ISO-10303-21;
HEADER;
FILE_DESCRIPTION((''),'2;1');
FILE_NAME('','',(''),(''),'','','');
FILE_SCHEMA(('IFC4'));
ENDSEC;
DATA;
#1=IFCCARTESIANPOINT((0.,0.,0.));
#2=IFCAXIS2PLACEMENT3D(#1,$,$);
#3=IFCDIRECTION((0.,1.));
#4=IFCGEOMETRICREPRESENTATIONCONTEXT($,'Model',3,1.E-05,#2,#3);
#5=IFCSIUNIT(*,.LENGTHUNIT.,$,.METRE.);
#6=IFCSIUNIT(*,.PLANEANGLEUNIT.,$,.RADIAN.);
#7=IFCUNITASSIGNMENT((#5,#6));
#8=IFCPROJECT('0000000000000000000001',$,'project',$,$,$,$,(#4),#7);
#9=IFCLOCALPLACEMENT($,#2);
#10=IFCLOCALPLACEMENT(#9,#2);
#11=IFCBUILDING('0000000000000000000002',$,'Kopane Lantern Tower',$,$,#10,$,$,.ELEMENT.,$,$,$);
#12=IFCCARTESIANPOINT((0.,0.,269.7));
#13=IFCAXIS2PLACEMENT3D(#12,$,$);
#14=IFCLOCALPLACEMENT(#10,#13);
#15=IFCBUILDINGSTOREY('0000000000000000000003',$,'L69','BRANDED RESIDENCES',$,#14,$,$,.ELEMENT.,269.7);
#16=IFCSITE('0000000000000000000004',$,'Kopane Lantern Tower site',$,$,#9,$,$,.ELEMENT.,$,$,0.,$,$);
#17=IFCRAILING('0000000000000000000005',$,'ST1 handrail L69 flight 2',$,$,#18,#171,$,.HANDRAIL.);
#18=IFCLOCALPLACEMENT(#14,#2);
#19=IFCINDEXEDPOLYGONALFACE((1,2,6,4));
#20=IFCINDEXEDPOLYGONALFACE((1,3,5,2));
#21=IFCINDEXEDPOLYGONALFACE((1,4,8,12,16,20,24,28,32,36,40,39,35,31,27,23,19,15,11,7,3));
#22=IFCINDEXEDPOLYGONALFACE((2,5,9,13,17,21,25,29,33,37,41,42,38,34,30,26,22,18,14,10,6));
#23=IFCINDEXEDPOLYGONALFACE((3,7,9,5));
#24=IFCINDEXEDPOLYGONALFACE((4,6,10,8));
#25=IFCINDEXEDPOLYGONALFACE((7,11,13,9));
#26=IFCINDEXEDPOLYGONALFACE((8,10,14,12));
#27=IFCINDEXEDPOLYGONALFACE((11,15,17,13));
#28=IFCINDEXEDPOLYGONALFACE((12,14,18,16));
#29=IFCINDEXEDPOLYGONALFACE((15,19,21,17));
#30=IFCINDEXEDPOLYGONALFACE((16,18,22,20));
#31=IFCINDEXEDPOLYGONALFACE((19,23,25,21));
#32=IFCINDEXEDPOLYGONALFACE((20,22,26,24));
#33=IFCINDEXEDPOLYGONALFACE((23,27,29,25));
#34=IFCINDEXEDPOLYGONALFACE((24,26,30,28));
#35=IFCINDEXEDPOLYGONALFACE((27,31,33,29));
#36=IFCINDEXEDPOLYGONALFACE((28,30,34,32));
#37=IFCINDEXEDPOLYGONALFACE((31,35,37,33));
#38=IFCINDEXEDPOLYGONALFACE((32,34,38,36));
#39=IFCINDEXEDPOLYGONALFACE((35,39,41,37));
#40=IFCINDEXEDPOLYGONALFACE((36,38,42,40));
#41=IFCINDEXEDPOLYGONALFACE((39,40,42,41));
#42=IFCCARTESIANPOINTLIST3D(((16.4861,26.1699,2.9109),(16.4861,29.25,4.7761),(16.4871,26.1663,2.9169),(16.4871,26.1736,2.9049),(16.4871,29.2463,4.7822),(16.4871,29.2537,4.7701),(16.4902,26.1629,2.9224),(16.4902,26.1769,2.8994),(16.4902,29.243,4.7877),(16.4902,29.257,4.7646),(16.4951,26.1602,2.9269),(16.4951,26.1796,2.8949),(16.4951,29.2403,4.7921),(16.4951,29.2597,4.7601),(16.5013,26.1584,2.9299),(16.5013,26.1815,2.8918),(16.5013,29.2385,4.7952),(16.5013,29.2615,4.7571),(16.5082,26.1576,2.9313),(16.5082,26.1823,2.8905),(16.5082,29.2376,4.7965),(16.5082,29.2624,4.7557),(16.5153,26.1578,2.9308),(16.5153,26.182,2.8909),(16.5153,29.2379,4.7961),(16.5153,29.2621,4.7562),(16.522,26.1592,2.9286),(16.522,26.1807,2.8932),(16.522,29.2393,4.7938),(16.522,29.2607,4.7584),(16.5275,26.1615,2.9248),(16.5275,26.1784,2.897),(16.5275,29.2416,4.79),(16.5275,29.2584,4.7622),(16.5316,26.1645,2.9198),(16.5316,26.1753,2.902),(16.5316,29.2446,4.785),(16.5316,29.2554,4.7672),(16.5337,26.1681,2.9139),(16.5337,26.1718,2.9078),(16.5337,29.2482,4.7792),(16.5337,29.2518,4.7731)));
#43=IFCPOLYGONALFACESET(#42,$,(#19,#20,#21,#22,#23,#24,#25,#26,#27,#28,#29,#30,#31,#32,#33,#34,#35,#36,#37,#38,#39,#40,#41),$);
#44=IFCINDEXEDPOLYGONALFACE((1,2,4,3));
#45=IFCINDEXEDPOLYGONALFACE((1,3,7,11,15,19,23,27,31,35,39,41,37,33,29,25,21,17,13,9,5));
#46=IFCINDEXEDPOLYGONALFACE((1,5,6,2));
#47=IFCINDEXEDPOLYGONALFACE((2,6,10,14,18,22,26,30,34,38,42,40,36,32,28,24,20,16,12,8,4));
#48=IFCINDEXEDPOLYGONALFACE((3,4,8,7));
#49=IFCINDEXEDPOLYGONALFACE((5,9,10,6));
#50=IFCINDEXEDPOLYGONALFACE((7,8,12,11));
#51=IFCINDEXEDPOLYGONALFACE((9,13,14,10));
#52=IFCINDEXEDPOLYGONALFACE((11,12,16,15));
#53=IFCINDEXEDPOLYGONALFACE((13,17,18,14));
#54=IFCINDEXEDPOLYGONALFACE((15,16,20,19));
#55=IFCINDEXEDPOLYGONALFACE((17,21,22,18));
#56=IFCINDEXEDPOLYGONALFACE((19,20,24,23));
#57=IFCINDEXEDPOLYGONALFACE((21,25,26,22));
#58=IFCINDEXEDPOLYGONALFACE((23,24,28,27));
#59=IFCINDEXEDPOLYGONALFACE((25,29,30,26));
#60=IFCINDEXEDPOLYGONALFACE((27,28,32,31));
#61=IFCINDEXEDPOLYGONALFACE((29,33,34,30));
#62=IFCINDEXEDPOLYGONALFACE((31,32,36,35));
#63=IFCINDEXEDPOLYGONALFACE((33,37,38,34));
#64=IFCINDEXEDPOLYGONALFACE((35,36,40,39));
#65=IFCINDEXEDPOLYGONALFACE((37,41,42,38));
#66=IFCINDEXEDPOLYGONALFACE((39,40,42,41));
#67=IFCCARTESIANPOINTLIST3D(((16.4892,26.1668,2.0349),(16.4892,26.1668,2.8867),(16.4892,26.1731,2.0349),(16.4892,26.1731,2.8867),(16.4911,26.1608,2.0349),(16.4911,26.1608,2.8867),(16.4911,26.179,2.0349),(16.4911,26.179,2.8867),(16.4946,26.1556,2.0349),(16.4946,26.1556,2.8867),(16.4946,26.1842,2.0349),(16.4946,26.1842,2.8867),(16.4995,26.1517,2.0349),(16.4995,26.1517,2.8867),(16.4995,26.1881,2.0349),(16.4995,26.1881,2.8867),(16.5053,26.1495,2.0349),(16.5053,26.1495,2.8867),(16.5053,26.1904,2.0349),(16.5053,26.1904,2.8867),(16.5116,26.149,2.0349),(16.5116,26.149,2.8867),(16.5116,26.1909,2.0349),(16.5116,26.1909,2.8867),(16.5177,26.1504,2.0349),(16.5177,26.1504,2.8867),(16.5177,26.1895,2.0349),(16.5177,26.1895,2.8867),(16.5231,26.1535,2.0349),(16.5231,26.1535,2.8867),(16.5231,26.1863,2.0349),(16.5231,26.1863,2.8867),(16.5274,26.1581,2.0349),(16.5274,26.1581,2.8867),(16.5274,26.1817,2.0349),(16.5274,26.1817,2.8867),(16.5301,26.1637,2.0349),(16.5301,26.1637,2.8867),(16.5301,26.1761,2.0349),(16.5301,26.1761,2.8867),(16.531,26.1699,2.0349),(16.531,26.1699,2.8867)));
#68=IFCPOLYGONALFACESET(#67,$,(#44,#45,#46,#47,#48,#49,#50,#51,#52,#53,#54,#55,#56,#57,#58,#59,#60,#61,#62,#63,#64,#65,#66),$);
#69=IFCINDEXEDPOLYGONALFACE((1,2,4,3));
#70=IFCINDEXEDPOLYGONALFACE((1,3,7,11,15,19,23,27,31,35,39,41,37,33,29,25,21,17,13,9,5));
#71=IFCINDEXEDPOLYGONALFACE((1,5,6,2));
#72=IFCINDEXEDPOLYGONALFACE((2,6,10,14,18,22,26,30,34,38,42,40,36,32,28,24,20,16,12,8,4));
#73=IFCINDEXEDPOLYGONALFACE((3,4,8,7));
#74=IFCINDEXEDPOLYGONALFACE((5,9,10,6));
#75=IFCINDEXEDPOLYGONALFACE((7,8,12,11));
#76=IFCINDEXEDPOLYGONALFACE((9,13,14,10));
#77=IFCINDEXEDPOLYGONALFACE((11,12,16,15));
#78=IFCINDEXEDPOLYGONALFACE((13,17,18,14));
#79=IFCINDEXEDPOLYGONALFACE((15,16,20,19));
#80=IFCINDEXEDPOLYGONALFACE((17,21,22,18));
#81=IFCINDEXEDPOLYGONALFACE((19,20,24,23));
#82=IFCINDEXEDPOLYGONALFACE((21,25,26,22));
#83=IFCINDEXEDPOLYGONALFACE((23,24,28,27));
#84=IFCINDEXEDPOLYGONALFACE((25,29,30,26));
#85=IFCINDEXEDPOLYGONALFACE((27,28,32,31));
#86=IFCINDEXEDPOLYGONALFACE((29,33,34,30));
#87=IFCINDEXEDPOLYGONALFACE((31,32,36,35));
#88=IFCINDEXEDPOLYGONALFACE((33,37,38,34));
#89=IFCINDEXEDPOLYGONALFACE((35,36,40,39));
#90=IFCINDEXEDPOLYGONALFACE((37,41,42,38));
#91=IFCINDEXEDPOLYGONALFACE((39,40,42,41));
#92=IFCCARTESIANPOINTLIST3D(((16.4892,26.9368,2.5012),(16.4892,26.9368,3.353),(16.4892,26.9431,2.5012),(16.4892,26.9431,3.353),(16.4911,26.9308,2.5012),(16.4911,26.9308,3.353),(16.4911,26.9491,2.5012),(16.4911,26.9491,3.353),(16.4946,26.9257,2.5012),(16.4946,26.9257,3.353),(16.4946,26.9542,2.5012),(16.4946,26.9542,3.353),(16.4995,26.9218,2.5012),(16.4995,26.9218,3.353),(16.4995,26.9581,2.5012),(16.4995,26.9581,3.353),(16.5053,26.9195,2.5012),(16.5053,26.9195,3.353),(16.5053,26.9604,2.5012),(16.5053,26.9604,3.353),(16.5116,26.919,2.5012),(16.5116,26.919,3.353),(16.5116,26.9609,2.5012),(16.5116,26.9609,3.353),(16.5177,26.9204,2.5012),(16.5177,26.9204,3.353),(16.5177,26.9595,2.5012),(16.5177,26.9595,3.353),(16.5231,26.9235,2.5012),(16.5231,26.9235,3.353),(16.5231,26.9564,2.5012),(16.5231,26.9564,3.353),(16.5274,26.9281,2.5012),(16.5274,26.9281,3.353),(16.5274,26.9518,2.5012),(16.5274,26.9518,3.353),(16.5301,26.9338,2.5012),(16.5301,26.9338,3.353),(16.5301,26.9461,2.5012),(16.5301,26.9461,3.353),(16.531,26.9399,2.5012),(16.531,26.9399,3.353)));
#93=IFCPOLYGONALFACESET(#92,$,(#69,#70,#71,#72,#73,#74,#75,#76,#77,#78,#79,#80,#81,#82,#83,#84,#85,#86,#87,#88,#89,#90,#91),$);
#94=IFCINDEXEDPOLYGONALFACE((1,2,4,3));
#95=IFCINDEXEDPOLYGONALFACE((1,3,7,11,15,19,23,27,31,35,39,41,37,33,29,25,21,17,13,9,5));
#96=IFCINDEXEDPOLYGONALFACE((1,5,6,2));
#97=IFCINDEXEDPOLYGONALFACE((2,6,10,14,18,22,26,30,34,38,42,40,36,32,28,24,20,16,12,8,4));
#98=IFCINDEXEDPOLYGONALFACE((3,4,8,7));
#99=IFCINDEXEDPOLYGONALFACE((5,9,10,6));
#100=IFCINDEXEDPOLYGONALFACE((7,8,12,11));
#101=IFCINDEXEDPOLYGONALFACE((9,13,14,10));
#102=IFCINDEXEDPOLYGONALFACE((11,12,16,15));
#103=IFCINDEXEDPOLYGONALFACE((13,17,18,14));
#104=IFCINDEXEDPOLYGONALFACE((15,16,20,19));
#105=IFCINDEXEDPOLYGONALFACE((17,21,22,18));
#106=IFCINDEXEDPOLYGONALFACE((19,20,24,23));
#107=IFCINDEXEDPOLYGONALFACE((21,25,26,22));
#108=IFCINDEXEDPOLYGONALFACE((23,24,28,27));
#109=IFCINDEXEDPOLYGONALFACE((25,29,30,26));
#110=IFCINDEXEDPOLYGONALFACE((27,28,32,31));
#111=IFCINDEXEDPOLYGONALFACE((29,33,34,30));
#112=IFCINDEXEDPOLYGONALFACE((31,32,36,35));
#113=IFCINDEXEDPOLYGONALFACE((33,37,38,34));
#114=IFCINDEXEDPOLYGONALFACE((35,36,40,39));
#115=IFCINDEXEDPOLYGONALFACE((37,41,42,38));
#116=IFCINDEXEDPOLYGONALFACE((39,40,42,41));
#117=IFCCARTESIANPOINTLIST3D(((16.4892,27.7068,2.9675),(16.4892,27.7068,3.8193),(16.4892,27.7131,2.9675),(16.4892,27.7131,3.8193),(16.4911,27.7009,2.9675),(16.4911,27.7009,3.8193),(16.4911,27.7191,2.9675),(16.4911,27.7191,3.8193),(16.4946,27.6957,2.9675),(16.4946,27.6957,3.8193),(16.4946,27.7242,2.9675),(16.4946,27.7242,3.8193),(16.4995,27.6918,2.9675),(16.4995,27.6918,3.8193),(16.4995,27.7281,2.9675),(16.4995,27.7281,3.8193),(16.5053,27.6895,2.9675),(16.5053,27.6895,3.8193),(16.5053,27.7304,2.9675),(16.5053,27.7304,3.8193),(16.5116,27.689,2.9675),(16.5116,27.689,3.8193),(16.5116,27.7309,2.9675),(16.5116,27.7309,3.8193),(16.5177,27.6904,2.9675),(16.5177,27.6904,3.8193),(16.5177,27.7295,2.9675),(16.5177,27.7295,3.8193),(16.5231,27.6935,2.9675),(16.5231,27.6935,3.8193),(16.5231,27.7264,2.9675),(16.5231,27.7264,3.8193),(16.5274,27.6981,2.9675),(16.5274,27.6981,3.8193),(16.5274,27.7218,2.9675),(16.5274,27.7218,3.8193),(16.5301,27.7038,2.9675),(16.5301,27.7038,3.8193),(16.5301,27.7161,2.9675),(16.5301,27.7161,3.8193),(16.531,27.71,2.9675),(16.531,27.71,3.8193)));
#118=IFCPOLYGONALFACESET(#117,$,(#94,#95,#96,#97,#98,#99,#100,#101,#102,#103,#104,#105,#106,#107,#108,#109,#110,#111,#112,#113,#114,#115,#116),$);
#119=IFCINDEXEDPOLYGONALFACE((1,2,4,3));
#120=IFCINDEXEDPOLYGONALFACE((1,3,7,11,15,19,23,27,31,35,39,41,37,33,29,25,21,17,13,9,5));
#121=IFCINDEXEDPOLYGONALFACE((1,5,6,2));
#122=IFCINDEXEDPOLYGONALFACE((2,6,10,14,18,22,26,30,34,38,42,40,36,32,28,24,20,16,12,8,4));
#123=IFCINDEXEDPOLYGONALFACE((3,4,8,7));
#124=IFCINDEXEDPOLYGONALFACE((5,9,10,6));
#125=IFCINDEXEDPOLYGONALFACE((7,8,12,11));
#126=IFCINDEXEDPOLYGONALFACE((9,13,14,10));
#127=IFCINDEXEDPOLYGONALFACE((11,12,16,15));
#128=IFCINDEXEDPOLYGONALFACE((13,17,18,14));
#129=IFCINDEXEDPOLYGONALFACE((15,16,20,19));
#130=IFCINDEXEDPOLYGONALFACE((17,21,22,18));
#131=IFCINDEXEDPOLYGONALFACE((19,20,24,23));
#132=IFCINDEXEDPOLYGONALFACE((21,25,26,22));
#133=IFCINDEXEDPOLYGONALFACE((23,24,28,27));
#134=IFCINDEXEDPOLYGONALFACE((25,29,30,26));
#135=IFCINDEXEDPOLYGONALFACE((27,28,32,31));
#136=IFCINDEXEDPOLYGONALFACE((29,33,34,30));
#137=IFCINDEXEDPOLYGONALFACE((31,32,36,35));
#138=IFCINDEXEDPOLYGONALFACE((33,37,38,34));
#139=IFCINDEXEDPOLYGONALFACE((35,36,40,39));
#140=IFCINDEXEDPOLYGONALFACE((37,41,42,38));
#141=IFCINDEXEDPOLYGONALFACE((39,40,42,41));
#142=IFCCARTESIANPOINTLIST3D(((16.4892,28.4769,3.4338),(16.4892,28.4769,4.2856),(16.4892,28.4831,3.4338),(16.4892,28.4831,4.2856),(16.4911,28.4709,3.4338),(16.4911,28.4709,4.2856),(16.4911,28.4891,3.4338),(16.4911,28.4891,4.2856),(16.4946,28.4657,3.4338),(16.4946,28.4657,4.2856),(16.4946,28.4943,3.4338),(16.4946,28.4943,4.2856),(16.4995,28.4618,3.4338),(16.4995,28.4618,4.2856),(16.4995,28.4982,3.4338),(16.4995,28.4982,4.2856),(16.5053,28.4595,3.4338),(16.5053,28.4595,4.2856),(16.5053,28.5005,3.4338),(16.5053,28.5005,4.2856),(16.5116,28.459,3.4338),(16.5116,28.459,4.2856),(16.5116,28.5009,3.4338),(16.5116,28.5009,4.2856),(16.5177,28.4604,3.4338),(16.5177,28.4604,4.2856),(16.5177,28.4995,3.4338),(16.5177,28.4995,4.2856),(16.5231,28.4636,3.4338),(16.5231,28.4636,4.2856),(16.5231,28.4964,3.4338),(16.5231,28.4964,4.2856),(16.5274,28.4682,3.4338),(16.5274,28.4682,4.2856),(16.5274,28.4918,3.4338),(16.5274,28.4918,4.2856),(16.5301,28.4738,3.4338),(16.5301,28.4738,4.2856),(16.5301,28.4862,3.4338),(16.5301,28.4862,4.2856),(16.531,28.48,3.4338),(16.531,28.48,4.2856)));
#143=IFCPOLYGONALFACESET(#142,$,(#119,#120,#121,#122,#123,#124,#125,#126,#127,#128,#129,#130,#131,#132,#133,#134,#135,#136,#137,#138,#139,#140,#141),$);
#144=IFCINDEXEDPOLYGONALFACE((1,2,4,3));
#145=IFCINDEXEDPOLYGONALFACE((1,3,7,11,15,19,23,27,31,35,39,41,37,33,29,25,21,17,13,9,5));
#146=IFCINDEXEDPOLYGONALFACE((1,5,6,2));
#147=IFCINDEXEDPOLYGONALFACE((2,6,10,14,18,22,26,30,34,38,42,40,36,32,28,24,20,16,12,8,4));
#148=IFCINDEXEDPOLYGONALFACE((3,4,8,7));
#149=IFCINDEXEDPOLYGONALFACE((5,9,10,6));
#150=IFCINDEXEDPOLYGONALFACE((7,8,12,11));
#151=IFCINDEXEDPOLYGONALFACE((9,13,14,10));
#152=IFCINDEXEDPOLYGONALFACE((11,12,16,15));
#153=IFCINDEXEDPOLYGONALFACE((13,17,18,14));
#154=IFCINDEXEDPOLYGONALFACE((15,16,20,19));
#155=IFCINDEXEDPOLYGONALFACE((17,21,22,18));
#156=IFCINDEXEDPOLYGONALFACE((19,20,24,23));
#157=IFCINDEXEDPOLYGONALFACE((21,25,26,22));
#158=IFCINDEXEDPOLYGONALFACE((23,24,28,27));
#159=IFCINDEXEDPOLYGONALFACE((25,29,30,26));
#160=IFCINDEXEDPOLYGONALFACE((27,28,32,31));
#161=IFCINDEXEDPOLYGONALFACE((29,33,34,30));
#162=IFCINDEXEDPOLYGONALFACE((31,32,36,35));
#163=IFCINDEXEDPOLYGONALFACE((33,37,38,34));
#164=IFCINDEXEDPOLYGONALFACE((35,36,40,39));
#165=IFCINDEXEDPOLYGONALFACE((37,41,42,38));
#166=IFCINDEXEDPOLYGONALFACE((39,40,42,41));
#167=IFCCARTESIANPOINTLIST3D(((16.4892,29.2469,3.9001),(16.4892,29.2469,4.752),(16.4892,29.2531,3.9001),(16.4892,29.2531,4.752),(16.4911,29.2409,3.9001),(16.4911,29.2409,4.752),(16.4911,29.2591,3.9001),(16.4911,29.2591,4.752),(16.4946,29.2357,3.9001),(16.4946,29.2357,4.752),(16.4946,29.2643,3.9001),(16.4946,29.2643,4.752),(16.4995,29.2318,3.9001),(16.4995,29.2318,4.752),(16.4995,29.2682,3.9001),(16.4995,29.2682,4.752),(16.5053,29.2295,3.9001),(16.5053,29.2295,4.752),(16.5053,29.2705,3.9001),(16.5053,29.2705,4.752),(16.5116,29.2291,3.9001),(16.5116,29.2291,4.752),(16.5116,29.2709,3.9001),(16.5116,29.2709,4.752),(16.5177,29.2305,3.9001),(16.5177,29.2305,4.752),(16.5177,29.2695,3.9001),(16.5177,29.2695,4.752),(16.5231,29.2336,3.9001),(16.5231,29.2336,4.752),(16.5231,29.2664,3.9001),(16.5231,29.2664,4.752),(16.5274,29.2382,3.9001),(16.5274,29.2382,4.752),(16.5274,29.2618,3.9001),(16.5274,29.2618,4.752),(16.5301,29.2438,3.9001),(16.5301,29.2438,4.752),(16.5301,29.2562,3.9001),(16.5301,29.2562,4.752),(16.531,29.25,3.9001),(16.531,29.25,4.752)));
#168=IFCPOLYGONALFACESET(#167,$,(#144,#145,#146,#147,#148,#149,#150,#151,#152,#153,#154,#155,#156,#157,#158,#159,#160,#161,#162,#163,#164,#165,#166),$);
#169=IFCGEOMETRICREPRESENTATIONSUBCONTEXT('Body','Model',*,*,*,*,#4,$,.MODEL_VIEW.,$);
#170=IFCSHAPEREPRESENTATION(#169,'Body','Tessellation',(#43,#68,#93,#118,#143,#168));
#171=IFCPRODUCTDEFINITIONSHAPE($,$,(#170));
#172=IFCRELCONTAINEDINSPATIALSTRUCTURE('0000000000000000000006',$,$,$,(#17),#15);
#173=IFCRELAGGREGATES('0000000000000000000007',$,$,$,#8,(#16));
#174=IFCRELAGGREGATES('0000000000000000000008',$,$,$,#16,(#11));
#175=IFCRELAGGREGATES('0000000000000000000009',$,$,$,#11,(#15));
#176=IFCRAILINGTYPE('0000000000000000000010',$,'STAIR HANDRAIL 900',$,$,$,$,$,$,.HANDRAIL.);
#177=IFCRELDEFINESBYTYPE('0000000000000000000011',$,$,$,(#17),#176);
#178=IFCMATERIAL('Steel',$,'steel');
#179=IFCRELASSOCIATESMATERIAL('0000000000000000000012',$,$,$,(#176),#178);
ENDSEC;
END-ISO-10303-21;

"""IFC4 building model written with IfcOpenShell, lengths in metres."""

from ifc_helpers import new_model, si_unit, direction, frame, origin, origin_2d, place, context, subcontext, project, spatial, circle, extrude, material, type_object, element, save


model = new_model("IFC4")

# Units and contexts
model_context = context("Model", 3, precision=1e-05, world=origin(), true_north=direction((0.0, 1.0)))
body_context = subcontext(model_context, "Body", "Model", "MODEL_VIEW")
ifc_project = project(units=[si_unit("LENGTHUNIT", "METRE"), si_unit("PLANEANGLEUNIT", "RADIAN")], contexts=[model_context])

# Site, building, storey
site_placement = place(None, origin())
site = spatial("IfcSite", under=ifc_project, at=site_placement, Name="Kopane Lantern Tower site", CompositionType="ELEMENT", RefElevation=0.0)
building_placement = place(site_placement, origin())
building = spatial("IfcBuilding", under=site, at=building_placement, Name="Kopane Lantern Tower", CompositionType="ELEMENT")
storey_placement = place(building_placement, frame((0.0, 0.0, 269.7)))
storey = spatial("IfcBuildingStorey", under=building, at=storey_placement, Name="L69", Description="BRANDED RESIDENCES", CompositionType="ELEMENT", Elevation=269.7)

# Railing
ifc_material_1 = material(Name="Steel", Category="steel")
railing_type_1 = type_object("IfcRailingType", Name="STAIR HANDRAIL 900", PredefinedType="HANDRAIL", material=ifc_material_1)
for number, where, name in (
    (1, (16.51, 26.1699, 2.0349), "ST1 handrail L69 flight 2"),
):
    element("IfcRailing", number, at=place(storey_placement, frame(where)), inside=storey, type_object=railing_type_1, Name=name, PredefinedType="HANDRAIL", context=body_context, shape_type="SweptSolid", body=[
        extrude(circle(Radius=0.0239, at=origin_2d()), frame((0.0, 0.0, 0.876), z_axis=(0.0, 0.85538, 0.518001), x_axis=(-1.0, 0.0, 0.0)), (0.0, 0.0, 1.0), 3.6008),
        extrude(circle(Radius=0.021, at=origin_2d()), origin(), (0.0, 0.0, 1.0), 0.8518),
        extrude(circle(Radius=0.021, at=origin_2d()), frame((0.0, 0.77, 0.4663)), (0.0, 0.0, 1.0), 0.8518),
        extrude(circle(Radius=0.021, at=origin_2d()), frame((0.0, 1.54, 0.9326)), (0.0, 0.0, 1.0), 0.8518),
        extrude(circle(Radius=0.021, at=origin_2d()), frame((0.0, 2.3101, 1.3989)), (0.0, 0.0, 1.0), 0.8518),
        extrude(circle(Radius=0.021, at=origin_2d()), frame((0.0, 3.0801, 1.8652)), (0.0, 0.0, 1.0), 0.8518),
    ])

save(model, "model.ifc")
